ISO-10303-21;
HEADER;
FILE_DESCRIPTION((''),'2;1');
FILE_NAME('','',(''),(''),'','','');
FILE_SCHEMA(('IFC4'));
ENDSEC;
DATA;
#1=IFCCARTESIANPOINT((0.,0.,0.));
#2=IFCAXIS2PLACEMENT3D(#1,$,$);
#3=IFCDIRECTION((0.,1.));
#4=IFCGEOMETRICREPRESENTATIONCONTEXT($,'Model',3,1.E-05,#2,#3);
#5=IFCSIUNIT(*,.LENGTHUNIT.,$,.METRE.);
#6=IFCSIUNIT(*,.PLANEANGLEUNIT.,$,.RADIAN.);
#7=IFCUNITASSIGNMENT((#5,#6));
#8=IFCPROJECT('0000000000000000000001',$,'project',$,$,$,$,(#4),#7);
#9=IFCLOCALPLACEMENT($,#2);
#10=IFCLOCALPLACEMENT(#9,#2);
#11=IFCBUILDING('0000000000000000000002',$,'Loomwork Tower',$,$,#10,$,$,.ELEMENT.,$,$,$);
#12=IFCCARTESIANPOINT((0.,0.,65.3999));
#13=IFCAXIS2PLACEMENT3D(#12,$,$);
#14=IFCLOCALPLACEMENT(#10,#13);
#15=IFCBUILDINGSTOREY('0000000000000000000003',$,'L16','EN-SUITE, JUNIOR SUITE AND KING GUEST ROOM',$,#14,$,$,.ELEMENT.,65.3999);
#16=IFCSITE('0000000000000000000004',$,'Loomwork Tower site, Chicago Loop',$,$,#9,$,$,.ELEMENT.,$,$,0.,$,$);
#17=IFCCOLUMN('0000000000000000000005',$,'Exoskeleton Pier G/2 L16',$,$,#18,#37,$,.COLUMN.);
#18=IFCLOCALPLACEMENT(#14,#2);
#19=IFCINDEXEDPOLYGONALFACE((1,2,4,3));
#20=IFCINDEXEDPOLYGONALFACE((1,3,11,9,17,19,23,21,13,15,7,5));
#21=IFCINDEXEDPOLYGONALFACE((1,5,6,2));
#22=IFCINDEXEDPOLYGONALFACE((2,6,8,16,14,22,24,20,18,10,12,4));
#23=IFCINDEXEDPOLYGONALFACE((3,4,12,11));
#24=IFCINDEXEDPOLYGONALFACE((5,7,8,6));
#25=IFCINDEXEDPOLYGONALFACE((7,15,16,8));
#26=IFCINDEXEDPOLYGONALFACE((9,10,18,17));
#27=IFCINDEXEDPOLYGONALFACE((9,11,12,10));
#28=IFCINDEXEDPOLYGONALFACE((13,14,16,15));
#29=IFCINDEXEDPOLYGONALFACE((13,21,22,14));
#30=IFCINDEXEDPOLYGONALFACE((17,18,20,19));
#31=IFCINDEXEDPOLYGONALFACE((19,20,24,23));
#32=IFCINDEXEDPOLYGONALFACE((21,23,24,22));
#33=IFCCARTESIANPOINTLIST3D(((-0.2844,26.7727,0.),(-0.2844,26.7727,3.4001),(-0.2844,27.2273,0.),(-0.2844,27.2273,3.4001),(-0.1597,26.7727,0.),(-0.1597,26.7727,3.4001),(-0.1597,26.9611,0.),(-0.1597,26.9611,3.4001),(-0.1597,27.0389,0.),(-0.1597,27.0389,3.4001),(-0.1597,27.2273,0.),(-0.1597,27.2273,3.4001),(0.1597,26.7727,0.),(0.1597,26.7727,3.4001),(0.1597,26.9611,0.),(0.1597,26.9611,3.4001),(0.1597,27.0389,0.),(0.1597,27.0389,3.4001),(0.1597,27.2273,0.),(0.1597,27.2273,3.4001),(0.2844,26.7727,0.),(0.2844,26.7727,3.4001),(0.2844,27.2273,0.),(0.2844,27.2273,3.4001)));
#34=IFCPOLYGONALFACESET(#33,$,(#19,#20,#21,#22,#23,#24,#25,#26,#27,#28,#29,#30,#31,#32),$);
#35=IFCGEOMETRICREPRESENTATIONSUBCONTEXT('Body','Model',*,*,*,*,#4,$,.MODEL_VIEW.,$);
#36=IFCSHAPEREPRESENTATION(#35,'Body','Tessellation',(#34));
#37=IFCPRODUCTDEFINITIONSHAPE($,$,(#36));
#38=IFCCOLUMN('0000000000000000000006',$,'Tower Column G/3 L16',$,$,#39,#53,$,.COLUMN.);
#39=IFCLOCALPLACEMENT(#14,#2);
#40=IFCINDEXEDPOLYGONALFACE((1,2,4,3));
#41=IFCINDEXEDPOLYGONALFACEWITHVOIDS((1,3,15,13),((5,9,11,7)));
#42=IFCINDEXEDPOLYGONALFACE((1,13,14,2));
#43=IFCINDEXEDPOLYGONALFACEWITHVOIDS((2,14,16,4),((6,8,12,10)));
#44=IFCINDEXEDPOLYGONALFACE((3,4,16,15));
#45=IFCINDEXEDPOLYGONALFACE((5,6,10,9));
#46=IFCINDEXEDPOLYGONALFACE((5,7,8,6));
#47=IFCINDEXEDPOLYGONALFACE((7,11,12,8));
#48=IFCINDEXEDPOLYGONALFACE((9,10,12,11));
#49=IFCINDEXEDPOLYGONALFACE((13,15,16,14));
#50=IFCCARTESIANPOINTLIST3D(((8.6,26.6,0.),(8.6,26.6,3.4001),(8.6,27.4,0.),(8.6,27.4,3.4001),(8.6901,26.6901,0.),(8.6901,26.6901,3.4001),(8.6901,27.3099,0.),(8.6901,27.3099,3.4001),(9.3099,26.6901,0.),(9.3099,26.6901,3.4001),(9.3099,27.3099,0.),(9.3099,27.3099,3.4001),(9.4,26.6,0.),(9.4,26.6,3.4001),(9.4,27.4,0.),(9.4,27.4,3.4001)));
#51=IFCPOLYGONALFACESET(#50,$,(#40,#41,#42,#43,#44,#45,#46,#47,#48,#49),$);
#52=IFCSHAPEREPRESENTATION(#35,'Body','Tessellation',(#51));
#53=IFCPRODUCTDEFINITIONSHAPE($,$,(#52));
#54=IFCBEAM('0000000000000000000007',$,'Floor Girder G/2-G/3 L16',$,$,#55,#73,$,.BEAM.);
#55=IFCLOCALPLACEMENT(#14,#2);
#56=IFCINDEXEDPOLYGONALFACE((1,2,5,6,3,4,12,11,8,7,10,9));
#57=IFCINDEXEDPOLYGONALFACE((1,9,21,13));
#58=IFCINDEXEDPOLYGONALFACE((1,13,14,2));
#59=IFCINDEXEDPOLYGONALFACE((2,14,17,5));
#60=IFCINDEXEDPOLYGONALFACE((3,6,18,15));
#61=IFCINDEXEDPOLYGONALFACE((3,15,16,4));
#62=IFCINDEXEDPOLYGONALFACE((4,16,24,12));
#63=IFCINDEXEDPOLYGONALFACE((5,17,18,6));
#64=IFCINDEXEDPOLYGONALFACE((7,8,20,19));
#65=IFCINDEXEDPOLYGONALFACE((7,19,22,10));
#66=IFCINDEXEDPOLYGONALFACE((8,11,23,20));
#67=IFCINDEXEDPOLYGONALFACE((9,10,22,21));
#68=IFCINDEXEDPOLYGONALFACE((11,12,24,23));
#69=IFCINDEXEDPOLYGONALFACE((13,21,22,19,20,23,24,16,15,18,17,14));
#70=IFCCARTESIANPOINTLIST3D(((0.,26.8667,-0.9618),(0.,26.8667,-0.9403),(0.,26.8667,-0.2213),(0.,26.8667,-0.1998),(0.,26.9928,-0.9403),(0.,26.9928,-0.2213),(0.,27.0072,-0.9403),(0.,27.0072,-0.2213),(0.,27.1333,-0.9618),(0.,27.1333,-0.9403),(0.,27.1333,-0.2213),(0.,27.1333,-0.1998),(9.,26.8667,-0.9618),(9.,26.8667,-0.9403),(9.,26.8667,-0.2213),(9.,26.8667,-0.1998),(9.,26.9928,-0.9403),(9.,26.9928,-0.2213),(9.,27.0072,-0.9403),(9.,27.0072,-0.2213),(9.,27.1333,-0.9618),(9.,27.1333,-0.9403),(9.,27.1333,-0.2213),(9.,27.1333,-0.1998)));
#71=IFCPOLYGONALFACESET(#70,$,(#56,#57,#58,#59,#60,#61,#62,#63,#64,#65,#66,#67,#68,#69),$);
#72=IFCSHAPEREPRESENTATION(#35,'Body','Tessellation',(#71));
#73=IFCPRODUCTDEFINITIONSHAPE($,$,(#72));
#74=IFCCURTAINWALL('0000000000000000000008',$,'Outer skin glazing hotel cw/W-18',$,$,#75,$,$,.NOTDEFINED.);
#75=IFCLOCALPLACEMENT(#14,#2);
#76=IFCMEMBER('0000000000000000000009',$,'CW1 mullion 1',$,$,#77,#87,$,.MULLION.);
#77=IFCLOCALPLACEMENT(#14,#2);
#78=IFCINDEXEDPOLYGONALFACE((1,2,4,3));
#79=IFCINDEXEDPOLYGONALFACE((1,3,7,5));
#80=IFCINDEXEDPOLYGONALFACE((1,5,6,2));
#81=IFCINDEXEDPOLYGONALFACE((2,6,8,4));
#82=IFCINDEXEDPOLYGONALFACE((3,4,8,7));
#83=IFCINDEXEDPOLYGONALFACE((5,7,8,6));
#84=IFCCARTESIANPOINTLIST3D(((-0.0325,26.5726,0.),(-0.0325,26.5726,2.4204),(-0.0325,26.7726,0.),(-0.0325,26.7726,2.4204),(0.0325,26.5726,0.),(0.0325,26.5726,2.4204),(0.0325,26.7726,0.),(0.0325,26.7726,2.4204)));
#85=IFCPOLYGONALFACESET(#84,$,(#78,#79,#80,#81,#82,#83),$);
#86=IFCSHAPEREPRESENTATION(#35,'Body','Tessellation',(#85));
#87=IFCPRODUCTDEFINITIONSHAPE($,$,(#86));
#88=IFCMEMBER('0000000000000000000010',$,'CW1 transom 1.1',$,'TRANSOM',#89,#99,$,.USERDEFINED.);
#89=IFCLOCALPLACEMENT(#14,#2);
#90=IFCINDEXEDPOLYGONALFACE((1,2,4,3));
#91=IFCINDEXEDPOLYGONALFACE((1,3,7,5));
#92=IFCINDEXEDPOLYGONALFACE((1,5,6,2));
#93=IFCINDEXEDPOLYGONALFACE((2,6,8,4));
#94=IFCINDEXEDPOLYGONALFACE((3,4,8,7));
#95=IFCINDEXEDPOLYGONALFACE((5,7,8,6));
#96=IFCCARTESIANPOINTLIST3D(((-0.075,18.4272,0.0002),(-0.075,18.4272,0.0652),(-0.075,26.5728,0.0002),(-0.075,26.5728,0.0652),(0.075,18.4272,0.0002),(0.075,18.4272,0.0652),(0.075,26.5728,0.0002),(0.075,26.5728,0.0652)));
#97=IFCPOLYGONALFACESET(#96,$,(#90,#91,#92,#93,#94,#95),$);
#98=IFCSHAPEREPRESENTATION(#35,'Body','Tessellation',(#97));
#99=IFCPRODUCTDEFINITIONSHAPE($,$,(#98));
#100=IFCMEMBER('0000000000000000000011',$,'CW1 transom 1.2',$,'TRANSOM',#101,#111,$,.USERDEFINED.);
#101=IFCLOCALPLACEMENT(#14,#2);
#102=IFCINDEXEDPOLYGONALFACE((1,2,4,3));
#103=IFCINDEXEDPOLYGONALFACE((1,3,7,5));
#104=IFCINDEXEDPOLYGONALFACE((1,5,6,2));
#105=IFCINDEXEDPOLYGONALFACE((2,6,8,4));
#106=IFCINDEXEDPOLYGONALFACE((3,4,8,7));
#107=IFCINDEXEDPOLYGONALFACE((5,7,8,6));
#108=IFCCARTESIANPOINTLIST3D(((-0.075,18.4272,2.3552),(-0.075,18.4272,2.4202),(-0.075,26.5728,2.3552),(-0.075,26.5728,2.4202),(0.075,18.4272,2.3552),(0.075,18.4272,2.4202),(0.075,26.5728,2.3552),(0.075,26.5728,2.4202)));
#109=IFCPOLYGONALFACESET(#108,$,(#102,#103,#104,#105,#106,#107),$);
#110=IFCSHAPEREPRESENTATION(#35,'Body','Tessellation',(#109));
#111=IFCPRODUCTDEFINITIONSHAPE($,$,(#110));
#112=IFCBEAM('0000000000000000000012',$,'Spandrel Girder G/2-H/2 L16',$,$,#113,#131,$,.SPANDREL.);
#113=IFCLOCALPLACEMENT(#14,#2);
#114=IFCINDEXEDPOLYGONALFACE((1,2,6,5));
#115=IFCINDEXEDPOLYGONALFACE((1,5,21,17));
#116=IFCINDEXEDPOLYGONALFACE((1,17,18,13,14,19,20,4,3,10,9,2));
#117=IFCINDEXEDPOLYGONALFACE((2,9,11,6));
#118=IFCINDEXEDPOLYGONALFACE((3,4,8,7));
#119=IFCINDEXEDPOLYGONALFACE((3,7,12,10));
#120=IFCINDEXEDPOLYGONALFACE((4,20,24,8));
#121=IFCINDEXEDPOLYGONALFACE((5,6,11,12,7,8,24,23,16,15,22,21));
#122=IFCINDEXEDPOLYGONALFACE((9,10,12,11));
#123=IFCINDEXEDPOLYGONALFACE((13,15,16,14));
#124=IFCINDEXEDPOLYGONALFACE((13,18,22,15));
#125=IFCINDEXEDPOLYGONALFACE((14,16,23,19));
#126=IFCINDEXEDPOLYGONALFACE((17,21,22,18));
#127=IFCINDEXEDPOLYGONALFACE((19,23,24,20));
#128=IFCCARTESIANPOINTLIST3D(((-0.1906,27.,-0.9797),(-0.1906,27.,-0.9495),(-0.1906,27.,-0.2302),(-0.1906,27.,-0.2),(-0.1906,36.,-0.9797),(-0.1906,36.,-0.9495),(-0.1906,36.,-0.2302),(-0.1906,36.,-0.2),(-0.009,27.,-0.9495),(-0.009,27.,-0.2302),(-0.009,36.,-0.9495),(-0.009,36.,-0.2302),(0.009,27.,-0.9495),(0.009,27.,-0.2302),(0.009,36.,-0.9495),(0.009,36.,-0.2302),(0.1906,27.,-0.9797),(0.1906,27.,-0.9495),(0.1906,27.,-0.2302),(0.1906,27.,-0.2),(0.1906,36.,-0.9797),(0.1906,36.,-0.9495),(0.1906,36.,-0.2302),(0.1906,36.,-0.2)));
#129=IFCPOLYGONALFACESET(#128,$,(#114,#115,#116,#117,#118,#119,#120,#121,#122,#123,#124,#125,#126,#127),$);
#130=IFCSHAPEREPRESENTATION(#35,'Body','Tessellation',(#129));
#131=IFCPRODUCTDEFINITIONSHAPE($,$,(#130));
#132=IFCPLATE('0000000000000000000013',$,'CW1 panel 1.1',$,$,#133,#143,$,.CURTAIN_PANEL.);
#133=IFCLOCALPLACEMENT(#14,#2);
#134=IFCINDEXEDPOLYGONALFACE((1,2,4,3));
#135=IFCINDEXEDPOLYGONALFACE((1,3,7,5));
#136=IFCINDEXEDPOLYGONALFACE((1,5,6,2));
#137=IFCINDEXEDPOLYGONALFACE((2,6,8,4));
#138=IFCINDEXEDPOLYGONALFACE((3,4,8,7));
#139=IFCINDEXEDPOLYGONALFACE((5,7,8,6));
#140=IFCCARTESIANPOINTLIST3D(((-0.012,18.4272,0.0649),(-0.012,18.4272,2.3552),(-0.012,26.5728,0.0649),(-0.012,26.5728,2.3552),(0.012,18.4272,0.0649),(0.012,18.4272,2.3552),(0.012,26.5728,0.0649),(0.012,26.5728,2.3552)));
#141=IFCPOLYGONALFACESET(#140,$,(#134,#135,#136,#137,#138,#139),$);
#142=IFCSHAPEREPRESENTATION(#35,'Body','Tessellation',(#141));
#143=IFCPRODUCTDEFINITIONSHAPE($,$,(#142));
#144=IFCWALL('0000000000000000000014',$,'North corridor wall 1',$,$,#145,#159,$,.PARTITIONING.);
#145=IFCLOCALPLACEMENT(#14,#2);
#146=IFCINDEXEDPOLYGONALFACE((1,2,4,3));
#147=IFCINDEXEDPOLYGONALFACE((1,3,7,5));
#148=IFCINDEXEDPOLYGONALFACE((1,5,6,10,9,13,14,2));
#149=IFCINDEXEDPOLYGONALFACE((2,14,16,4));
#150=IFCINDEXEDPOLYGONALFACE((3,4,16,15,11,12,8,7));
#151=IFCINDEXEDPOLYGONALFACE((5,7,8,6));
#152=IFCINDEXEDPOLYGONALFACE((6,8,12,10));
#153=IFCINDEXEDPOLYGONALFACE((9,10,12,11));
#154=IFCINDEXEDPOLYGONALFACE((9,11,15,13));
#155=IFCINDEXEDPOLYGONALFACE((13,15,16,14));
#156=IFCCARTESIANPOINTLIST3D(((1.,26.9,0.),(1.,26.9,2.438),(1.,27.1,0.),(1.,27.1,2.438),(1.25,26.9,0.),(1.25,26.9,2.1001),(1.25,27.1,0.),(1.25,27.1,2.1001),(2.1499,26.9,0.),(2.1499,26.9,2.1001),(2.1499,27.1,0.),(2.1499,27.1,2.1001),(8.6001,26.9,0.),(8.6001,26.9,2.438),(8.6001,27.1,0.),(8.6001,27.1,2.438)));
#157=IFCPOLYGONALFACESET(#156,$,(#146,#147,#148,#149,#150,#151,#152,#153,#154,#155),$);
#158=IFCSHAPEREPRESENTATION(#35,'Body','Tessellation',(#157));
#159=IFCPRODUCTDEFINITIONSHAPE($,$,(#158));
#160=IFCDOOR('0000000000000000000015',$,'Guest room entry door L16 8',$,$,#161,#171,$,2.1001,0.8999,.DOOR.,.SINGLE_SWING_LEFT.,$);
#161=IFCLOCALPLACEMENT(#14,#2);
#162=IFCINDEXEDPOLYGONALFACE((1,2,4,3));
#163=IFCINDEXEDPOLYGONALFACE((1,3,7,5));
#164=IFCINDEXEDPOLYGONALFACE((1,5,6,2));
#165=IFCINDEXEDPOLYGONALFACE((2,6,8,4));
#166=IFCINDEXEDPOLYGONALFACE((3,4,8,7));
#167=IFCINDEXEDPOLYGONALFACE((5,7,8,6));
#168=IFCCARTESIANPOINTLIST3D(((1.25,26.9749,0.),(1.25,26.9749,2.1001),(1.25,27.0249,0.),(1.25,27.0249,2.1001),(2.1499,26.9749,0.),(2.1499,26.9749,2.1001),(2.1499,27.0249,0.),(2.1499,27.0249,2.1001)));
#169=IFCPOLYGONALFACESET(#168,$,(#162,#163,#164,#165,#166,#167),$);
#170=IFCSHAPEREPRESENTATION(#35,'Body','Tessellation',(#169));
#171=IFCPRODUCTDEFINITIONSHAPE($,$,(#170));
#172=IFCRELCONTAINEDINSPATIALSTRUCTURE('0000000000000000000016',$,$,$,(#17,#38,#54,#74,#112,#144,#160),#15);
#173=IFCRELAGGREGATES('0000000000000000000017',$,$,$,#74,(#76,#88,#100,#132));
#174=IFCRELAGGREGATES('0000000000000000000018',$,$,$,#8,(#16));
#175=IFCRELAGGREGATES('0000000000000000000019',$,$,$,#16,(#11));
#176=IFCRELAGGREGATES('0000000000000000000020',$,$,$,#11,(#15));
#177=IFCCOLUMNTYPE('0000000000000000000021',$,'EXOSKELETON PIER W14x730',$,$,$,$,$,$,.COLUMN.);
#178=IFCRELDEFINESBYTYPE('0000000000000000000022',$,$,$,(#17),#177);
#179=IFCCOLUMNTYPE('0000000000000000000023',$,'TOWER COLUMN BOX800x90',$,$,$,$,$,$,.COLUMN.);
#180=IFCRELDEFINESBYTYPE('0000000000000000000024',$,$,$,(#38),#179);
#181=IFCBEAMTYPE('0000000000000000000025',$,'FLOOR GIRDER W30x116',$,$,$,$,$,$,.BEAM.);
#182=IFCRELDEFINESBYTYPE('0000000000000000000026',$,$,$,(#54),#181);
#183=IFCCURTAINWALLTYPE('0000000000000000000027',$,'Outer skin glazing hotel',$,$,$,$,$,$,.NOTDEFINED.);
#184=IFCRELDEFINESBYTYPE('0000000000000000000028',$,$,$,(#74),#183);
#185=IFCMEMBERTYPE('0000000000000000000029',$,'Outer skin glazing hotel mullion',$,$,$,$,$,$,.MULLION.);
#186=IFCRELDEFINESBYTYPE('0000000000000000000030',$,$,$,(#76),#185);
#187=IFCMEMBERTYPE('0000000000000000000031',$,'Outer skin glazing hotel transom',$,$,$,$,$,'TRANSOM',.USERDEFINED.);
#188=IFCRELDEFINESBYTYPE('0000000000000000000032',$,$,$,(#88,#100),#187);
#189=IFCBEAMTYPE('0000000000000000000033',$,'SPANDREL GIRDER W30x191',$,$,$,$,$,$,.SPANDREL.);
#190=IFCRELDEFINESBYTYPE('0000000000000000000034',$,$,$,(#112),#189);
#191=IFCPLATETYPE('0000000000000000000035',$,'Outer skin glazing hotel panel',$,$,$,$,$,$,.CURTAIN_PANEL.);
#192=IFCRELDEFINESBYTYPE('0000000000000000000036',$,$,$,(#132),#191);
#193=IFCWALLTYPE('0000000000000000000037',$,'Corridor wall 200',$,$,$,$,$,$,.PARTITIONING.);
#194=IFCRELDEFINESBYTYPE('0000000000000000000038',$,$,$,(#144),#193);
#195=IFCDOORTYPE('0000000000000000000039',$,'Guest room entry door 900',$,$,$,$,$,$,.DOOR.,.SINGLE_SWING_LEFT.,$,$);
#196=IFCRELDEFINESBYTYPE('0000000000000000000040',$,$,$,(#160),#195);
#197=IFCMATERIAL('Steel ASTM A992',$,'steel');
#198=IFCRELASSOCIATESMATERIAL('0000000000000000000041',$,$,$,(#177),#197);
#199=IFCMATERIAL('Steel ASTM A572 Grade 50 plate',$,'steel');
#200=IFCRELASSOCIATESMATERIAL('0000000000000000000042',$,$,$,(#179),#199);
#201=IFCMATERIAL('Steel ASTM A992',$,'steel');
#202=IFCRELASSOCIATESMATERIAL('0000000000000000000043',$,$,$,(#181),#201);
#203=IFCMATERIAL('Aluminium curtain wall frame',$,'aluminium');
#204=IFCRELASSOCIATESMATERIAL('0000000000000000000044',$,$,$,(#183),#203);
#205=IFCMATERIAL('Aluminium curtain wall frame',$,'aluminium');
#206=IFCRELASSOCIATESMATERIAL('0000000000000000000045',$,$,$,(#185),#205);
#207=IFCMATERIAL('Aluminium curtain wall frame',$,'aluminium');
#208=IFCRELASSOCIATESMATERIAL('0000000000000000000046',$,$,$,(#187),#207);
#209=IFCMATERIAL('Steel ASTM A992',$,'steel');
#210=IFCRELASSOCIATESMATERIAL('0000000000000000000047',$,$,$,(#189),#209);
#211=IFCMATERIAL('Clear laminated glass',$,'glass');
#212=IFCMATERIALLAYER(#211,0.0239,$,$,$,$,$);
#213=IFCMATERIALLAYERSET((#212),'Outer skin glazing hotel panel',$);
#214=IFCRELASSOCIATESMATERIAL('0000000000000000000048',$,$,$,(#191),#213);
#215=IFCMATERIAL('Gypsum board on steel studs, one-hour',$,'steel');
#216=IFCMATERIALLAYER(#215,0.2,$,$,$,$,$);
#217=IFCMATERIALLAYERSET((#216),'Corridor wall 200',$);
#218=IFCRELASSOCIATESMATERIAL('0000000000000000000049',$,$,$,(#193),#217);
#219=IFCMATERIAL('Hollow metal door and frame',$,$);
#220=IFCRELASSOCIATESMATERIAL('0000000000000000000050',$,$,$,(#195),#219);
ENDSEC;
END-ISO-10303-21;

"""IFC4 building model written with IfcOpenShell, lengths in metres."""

from ifc_helpers import new_model, si_unit, direction, frame, frame_2d, origin, origin_2d, place, context, subcontext, project, spatial, rectangle, hollow_rectangle, i_section, extrude, material, layer, layer_set, material_profile, profile_set, type_object, element, fill, aggregate, save


model = new_model("IFC4")

# Units and contexts
model_context = context("Model", 3, precision=1e-05, world=origin(), true_north=direction((0.0, 1.0)))
body_context = subcontext(model_context, "Body", "Model", "MODEL_VIEW")
ifc_project = project(units=[si_unit("LENGTHUNIT", "METRE"), si_unit("PLANEANGLEUNIT", "RADIAN")], contexts=[model_context])

# Site, building, storey
site_placement = place(None, origin())
site = spatial("IfcSite", under=ifc_project, at=site_placement, Name="Loomwork Tower site, Chicago Loop", CompositionType="ELEMENT", RefElevation=0.0)
building_placement = place(site_placement, origin())
building = spatial("IfcBuilding", under=site, at=building_placement, Name="Loomwork Tower", CompositionType="ELEMENT")
storey_placement = place(building_placement, frame((0.0, 0.0, 65.3999)))
storey = spatial("IfcBuildingStorey", under=building, at=storey_placement, Name="L16", Description="EN-SUITE, JUNIOR SUITE AND KING GUEST ROOM", CompositionType="ELEMENT", Elevation=65.3999)

# Columns
ifc_material_1 = material(Name="Steel ASTM A992", Category="steel")
ifc_material_profile_1 = material_profile(ifc_material_1, i_section(OverallWidth=0.4546, OverallDepth=0.5688, WebThickness=0.0779, FlangeThickness=0.1248, at=origin_2d()), Name="W14x730")
ifc_profile_set_1 = profile_set([ifc_material_profile_1], Name="Steel ASTM A992")
column_type_1 = type_object("IfcColumnType", Name="EXOSKELETON PIER W14x730", PredefinedType="COLUMN", material=ifc_profile_set_1)
column_1_placement = place(storey_placement, frame((0.0, 27.0, 0.0), z_axis=(0.0, 0.0, 1.0), x_axis=(0.0, 1.0, 0.0)))
element("IfcColumn", 1, at=column_1_placement, inside=storey, type_object=column_type_1, Name="Exoskeleton Pier G/2 L16", PredefinedType="COLUMN", context=body_context, shape_type="SweptSolid", body=[
    extrude(i_section(OverallWidth=0.4546, OverallDepth=0.5688, WebThickness=0.0779, FlangeThickness=0.1248, at=origin_2d()), origin(), (0.0, 0.0, 1.0), 3.4001),
])
ifc_material_2 = material(Name="Steel ASTM A572 Grade 50 plate", Category="steel")
ifc_material_profile_2 = material_profile(ifc_material_2, hollow_rectangle(XDim=0.8, YDim=0.8, WallThickness=0.0901, at=origin_2d()), Name="BOX800x90")
ifc_profile_set_2 = profile_set([ifc_material_profile_2], Name="Steel ASTM A572 Grade 50 plate")
column_type_2 = type_object("IfcColumnType", Name="TOWER COLUMN BOX800x90", PredefinedType="COLUMN", material=ifc_profile_set_2)
column_2_placement = place(storey_placement, frame((9.0, 27.0, 0.0), z_axis=(0.0, 0.0, 1.0), x_axis=(1.0, 0.0, 0.0)))
element("IfcColumn", 2, at=column_2_placement, inside=storey, type_object=column_type_2, Name="Tower Column G/3 L16", PredefinedType="COLUMN", context=body_context, shape_type="SweptSolid", body=[
    extrude(hollow_rectangle(XDim=0.8, YDim=0.8, WallThickness=0.0901, at=origin_2d()), origin(), (0.0, 0.0, 1.0), 3.4001),
])

# Beam
ifc_material_3 = material(Name="Steel ASTM A992", Category="steel")
ifc_material_profile_3 = material_profile(ifc_material_3, i_section(OverallWidth=0.2666, OverallDepth=0.762, WebThickness=0.0144, FlangeThickness=0.0215, at=origin_2d()), Name="W30x116")
ifc_profile_set_3 = profile_set([ifc_material_profile_3], Name="Steel ASTM A992")
beam_type_1 = type_object("IfcBeamType", Name="FLOOR GIRDER W30x116", PredefinedType="BEAM", material=ifc_profile_set_3)
beam_1_placement = place(storey_placement, frame((0.0, 27.0, -0.5808), z_axis=(1.0, 0.0, 0.0), x_axis=(0.0, 1.0, 0.0)))
element("IfcBeam", 3, at=beam_1_placement, inside=storey, type_object=beam_type_1, Name="Floor Girder G/2-G/3 L16", PredefinedType="BEAM", context=body_context, shape_type="SweptSolid", body=[
    extrude(i_section(OverallWidth=0.2666, OverallDepth=0.762, WebThickness=0.0144, FlangeThickness=0.0215, at=origin_2d()), origin(), (0.0, 0.0, 1.0), 9.0),
])

# Curtain wall, members
ifc_material_4 = material(Name="Aluminium curtain wall frame", Category="aluminium")
curtain_wall_type = type_object("IfcCurtainWallType", Name="Outer skin glazing hotel", PredefinedType="NOTDEFINED", material=ifc_material_4)
curtain_wall_placement = place(storey_placement, origin())
curtain_wall = element("IfcCurtainWall", 4, at=curtain_wall_placement, inside=storey, type_object=curtain_wall_type, Name="Outer skin glazing hotel cw/W-18", PredefinedType="NOTDEFINED")
ifc_material_5 = material(Name="Aluminium curtain wall frame", Category="aluminium")
ifc_material_profile_4 = material_profile(ifc_material_5, rectangle(XDim=0.0649, YDim=0.2, at=origin_2d()), Name="AL 65x200")
ifc_profile_set_4 = profile_set([ifc_material_profile_4], Name="Aluminium curtain wall frame")
member_type_1 = type_object("IfcMemberType", Name="Outer skin glazing hotel mullion", PredefinedType="MULLION", material=ifc_profile_set_4)
member_1_placement = place(storey_placement, frame((0.0, 26.6726, 0.0), z_axis=(0.0, 0.0, 1.0), x_axis=(1.0, 0.0, 0.0)))
member_1 = element("IfcMember", 5, at=member_1_placement, type_object=member_type_1, Name="CW1 mullion 1", PredefinedType="MULLION", context=body_context, shape_type="SweptSolid", body=[
    extrude(rectangle(XDim=0.0649, YDim=0.2, at=origin_2d()), origin(), (0.0, 0.0, 1.0), 2.4204),
])
ifc_material_6 = material(Name="Aluminium curtain wall frame", Category="aluminium")
ifc_material_profile_5 = material_profile(ifc_material_6, rectangle(XDim=0.1499, YDim=0.0649, at=origin_2d()), Name="AL 65x150")
ifc_profile_set_5 = profile_set([ifc_material_profile_5], Name="Aluminium curtain wall frame")
member_type_2 = type_object("IfcMemberType", Name="Outer skin glazing hotel transom", ElementType="TRANSOM", PredefinedType="USERDEFINED", material=ifc_profile_set_5)
member_2_placement = place(storey_placement, frame((0.0, 26.5728, 0.0327), z_axis=(0.0, -1.0, 0.0), x_axis=(1.0, 0.0, 0.0)))
member_2 = element("IfcMember", 6, at=member_2_placement, type_object=member_type_2, Name="CW1 transom 1.1", ObjectType="TRANSOM", PredefinedType="USERDEFINED", context=body_context, shape_type="SweptSolid", body=[
    extrude(rectangle(XDim=0.1499, YDim=0.0649, at=origin_2d()), origin(), (0.0, 0.0, 1.0), 8.1455),
])
member_3_placement = place(storey_placement, frame((0.0, 26.5728, 2.3877), z_axis=(0.0, -1.0, 0.0), x_axis=(1.0, 0.0, 0.0)))
member_3 = element("IfcMember", 7, at=member_3_placement, type_object=member_type_2, Name="CW1 transom 1.2", ObjectType="TRANSOM", PredefinedType="USERDEFINED", context=body_context, shape_type="SweptSolid", body=[
    extrude(rectangle(XDim=0.1499, YDim=0.0649, at=origin_2d()), origin(), (0.0, 0.0, 1.0), 8.1455),
])

# Beam
ifc_material_7 = material(Name="Steel ASTM A992", Category="steel")
ifc_material_profile_6 = material_profile(ifc_material_7, i_section(OverallWidth=0.3811, OverallDepth=0.7798, WebThickness=0.0181, FlangeThickness=0.0303, at=origin_2d()), Name="W30x191")
ifc_profile_set_6 = profile_set([ifc_material_profile_6], Name="Steel ASTM A992")
beam_type_2 = type_object("IfcBeamType", Name="SPANDREL GIRDER W30x191", PredefinedType="SPANDREL", material=ifc_profile_set_6)
beam_2_placement = place(storey_placement, frame((0.0, 27.0, -0.5898), z_axis=(0.0, 1.0, 0.0), x_axis=(-1.0, 0.0, 0.0)))
element("IfcBeam", 8, at=beam_2_placement, inside=storey, type_object=beam_type_2, Name="Spandrel Girder G/2-H/2 L16", PredefinedType="SPANDREL", context=body_context, shape_type="SweptSolid", body=[
    extrude(i_section(OverallWidth=0.3811, OverallDepth=0.7798, WebThickness=0.0181, FlangeThickness=0.0303, at=origin_2d()), origin(), (0.0, 0.0, 1.0), 9.0),
])

# Plate
ifc_material_8 = material(Name="Clear laminated glass", Category="glass")
ifc_layer_1 = layer(ifc_material_8, 0.0239)
ifc_layer_set_1 = layer_set([ifc_layer_1], Name="Outer skin glazing hotel panel")
plate_type = type_object("IfcPlateType", Name="Outer skin glazing hotel panel", PredefinedType="CURTAIN_PANEL", material=ifc_layer_set_1)
plate_placement = place(storey_placement, frame((0.0, 22.5, 0.0649), z_axis=(0.0, 0.0, 1.0), x_axis=(0.0, -1.0, 0.0)))
plate = element("IfcPlate", 9, at=plate_placement, type_object=plate_type, Name="CW1 panel 1.1", PredefinedType="CURTAIN_PANEL", context=body_context, shape_type="SweptSolid", body=[
    extrude(rectangle(XDim=8.1455, YDim=0.0239, at=origin_2d()), origin(), (0.0, 0.0, 1.0), 2.2903),
])
aggregate(curtain_wall, [member_1, member_2, member_3, plate])

# Wall, opening, door
ifc_material_9 = material(Name="Gypsum board on steel studs, one-hour", Category="steel")
ifc_layer_2 = layer(ifc_material_9, 0.2)
ifc_layer_set_2 = layer_set([ifc_layer_2], Name="Corridor wall 200")
wall_type_1 = type_object("IfcWallType", Name="Corridor wall 200", PredefinedType="PARTITIONING", material=ifc_layer_set_2)
wall_1_placement = place(storey_placement, frame((1.0, 27.0, 0.0), z_axis=(0.0, 0.0, 1.0), x_axis=(1.0, 0.0, 0.0)))
wall_1 = element("IfcWall", 10, at=wall_1_placement, inside=storey, type_object=wall_type_1, Name="North corridor wall 1", PredefinedType="PARTITIONING", context=body_context, shape_type="SweptSolid", body=[
    extrude(rectangle(XDim=7.6001, YDim=0.2, at=frame_2d((3.8, 0.0))), origin(), (0.0, 0.0, 1.0), 2.438),
])
opening_1_placement = place(wall_1_placement, frame((0.25, 0.0, 0.0)))
opening_1 = element("IfcOpeningElement", 11, at=opening_1_placement, cuts=wall_1, PredefinedType="OPENING", context=body_context, shape_type="SweptSolid", body=[
    extrude(rectangle(XDim=0.8999, YDim=2.1001, at=frame_2d((0.45, 1.05))), frame((0.0, 0.1099, 0.0), z_axis=(0.0, -1.0, 0.0), x_axis=(1.0, 0.0, 0.0)), (0.0, 0.0, 1.0), 0.22),
])
ifc_material_10 = material(Name="Hollow metal door and frame")
door_type_1 = type_object("IfcDoorType", Name="Guest room entry door 900", OperationType="SINGLE_SWING_LEFT", PredefinedType="DOOR", material=ifc_material_10)
door_1_placement = place(opening_1_placement, origin())
door_1 = element("IfcDoor", 12, at=door_1_placement, inside=storey, type_object=door_type_1, Name="Guest room entry door L16 8", OperationType="SINGLE_SWING_LEFT", OverallHeight=2.1001, OverallWidth=0.8999, PredefinedType="DOOR", context=body_context, shape_type="SweptSolid", body=[
    extrude(rectangle(XDim=0.8999, YDim=2.1001, at=frame_2d((0.45, 1.05))), frame((0.0, 0.0249, 0.0), z_axis=(0.0, -1.0, 0.0), x_axis=(1.0, 0.0, 0.0)), (0.0, 0.0, 1.0), 0.05),
])
fill(opening_1, door_1)

save(model, "model.ifc")
